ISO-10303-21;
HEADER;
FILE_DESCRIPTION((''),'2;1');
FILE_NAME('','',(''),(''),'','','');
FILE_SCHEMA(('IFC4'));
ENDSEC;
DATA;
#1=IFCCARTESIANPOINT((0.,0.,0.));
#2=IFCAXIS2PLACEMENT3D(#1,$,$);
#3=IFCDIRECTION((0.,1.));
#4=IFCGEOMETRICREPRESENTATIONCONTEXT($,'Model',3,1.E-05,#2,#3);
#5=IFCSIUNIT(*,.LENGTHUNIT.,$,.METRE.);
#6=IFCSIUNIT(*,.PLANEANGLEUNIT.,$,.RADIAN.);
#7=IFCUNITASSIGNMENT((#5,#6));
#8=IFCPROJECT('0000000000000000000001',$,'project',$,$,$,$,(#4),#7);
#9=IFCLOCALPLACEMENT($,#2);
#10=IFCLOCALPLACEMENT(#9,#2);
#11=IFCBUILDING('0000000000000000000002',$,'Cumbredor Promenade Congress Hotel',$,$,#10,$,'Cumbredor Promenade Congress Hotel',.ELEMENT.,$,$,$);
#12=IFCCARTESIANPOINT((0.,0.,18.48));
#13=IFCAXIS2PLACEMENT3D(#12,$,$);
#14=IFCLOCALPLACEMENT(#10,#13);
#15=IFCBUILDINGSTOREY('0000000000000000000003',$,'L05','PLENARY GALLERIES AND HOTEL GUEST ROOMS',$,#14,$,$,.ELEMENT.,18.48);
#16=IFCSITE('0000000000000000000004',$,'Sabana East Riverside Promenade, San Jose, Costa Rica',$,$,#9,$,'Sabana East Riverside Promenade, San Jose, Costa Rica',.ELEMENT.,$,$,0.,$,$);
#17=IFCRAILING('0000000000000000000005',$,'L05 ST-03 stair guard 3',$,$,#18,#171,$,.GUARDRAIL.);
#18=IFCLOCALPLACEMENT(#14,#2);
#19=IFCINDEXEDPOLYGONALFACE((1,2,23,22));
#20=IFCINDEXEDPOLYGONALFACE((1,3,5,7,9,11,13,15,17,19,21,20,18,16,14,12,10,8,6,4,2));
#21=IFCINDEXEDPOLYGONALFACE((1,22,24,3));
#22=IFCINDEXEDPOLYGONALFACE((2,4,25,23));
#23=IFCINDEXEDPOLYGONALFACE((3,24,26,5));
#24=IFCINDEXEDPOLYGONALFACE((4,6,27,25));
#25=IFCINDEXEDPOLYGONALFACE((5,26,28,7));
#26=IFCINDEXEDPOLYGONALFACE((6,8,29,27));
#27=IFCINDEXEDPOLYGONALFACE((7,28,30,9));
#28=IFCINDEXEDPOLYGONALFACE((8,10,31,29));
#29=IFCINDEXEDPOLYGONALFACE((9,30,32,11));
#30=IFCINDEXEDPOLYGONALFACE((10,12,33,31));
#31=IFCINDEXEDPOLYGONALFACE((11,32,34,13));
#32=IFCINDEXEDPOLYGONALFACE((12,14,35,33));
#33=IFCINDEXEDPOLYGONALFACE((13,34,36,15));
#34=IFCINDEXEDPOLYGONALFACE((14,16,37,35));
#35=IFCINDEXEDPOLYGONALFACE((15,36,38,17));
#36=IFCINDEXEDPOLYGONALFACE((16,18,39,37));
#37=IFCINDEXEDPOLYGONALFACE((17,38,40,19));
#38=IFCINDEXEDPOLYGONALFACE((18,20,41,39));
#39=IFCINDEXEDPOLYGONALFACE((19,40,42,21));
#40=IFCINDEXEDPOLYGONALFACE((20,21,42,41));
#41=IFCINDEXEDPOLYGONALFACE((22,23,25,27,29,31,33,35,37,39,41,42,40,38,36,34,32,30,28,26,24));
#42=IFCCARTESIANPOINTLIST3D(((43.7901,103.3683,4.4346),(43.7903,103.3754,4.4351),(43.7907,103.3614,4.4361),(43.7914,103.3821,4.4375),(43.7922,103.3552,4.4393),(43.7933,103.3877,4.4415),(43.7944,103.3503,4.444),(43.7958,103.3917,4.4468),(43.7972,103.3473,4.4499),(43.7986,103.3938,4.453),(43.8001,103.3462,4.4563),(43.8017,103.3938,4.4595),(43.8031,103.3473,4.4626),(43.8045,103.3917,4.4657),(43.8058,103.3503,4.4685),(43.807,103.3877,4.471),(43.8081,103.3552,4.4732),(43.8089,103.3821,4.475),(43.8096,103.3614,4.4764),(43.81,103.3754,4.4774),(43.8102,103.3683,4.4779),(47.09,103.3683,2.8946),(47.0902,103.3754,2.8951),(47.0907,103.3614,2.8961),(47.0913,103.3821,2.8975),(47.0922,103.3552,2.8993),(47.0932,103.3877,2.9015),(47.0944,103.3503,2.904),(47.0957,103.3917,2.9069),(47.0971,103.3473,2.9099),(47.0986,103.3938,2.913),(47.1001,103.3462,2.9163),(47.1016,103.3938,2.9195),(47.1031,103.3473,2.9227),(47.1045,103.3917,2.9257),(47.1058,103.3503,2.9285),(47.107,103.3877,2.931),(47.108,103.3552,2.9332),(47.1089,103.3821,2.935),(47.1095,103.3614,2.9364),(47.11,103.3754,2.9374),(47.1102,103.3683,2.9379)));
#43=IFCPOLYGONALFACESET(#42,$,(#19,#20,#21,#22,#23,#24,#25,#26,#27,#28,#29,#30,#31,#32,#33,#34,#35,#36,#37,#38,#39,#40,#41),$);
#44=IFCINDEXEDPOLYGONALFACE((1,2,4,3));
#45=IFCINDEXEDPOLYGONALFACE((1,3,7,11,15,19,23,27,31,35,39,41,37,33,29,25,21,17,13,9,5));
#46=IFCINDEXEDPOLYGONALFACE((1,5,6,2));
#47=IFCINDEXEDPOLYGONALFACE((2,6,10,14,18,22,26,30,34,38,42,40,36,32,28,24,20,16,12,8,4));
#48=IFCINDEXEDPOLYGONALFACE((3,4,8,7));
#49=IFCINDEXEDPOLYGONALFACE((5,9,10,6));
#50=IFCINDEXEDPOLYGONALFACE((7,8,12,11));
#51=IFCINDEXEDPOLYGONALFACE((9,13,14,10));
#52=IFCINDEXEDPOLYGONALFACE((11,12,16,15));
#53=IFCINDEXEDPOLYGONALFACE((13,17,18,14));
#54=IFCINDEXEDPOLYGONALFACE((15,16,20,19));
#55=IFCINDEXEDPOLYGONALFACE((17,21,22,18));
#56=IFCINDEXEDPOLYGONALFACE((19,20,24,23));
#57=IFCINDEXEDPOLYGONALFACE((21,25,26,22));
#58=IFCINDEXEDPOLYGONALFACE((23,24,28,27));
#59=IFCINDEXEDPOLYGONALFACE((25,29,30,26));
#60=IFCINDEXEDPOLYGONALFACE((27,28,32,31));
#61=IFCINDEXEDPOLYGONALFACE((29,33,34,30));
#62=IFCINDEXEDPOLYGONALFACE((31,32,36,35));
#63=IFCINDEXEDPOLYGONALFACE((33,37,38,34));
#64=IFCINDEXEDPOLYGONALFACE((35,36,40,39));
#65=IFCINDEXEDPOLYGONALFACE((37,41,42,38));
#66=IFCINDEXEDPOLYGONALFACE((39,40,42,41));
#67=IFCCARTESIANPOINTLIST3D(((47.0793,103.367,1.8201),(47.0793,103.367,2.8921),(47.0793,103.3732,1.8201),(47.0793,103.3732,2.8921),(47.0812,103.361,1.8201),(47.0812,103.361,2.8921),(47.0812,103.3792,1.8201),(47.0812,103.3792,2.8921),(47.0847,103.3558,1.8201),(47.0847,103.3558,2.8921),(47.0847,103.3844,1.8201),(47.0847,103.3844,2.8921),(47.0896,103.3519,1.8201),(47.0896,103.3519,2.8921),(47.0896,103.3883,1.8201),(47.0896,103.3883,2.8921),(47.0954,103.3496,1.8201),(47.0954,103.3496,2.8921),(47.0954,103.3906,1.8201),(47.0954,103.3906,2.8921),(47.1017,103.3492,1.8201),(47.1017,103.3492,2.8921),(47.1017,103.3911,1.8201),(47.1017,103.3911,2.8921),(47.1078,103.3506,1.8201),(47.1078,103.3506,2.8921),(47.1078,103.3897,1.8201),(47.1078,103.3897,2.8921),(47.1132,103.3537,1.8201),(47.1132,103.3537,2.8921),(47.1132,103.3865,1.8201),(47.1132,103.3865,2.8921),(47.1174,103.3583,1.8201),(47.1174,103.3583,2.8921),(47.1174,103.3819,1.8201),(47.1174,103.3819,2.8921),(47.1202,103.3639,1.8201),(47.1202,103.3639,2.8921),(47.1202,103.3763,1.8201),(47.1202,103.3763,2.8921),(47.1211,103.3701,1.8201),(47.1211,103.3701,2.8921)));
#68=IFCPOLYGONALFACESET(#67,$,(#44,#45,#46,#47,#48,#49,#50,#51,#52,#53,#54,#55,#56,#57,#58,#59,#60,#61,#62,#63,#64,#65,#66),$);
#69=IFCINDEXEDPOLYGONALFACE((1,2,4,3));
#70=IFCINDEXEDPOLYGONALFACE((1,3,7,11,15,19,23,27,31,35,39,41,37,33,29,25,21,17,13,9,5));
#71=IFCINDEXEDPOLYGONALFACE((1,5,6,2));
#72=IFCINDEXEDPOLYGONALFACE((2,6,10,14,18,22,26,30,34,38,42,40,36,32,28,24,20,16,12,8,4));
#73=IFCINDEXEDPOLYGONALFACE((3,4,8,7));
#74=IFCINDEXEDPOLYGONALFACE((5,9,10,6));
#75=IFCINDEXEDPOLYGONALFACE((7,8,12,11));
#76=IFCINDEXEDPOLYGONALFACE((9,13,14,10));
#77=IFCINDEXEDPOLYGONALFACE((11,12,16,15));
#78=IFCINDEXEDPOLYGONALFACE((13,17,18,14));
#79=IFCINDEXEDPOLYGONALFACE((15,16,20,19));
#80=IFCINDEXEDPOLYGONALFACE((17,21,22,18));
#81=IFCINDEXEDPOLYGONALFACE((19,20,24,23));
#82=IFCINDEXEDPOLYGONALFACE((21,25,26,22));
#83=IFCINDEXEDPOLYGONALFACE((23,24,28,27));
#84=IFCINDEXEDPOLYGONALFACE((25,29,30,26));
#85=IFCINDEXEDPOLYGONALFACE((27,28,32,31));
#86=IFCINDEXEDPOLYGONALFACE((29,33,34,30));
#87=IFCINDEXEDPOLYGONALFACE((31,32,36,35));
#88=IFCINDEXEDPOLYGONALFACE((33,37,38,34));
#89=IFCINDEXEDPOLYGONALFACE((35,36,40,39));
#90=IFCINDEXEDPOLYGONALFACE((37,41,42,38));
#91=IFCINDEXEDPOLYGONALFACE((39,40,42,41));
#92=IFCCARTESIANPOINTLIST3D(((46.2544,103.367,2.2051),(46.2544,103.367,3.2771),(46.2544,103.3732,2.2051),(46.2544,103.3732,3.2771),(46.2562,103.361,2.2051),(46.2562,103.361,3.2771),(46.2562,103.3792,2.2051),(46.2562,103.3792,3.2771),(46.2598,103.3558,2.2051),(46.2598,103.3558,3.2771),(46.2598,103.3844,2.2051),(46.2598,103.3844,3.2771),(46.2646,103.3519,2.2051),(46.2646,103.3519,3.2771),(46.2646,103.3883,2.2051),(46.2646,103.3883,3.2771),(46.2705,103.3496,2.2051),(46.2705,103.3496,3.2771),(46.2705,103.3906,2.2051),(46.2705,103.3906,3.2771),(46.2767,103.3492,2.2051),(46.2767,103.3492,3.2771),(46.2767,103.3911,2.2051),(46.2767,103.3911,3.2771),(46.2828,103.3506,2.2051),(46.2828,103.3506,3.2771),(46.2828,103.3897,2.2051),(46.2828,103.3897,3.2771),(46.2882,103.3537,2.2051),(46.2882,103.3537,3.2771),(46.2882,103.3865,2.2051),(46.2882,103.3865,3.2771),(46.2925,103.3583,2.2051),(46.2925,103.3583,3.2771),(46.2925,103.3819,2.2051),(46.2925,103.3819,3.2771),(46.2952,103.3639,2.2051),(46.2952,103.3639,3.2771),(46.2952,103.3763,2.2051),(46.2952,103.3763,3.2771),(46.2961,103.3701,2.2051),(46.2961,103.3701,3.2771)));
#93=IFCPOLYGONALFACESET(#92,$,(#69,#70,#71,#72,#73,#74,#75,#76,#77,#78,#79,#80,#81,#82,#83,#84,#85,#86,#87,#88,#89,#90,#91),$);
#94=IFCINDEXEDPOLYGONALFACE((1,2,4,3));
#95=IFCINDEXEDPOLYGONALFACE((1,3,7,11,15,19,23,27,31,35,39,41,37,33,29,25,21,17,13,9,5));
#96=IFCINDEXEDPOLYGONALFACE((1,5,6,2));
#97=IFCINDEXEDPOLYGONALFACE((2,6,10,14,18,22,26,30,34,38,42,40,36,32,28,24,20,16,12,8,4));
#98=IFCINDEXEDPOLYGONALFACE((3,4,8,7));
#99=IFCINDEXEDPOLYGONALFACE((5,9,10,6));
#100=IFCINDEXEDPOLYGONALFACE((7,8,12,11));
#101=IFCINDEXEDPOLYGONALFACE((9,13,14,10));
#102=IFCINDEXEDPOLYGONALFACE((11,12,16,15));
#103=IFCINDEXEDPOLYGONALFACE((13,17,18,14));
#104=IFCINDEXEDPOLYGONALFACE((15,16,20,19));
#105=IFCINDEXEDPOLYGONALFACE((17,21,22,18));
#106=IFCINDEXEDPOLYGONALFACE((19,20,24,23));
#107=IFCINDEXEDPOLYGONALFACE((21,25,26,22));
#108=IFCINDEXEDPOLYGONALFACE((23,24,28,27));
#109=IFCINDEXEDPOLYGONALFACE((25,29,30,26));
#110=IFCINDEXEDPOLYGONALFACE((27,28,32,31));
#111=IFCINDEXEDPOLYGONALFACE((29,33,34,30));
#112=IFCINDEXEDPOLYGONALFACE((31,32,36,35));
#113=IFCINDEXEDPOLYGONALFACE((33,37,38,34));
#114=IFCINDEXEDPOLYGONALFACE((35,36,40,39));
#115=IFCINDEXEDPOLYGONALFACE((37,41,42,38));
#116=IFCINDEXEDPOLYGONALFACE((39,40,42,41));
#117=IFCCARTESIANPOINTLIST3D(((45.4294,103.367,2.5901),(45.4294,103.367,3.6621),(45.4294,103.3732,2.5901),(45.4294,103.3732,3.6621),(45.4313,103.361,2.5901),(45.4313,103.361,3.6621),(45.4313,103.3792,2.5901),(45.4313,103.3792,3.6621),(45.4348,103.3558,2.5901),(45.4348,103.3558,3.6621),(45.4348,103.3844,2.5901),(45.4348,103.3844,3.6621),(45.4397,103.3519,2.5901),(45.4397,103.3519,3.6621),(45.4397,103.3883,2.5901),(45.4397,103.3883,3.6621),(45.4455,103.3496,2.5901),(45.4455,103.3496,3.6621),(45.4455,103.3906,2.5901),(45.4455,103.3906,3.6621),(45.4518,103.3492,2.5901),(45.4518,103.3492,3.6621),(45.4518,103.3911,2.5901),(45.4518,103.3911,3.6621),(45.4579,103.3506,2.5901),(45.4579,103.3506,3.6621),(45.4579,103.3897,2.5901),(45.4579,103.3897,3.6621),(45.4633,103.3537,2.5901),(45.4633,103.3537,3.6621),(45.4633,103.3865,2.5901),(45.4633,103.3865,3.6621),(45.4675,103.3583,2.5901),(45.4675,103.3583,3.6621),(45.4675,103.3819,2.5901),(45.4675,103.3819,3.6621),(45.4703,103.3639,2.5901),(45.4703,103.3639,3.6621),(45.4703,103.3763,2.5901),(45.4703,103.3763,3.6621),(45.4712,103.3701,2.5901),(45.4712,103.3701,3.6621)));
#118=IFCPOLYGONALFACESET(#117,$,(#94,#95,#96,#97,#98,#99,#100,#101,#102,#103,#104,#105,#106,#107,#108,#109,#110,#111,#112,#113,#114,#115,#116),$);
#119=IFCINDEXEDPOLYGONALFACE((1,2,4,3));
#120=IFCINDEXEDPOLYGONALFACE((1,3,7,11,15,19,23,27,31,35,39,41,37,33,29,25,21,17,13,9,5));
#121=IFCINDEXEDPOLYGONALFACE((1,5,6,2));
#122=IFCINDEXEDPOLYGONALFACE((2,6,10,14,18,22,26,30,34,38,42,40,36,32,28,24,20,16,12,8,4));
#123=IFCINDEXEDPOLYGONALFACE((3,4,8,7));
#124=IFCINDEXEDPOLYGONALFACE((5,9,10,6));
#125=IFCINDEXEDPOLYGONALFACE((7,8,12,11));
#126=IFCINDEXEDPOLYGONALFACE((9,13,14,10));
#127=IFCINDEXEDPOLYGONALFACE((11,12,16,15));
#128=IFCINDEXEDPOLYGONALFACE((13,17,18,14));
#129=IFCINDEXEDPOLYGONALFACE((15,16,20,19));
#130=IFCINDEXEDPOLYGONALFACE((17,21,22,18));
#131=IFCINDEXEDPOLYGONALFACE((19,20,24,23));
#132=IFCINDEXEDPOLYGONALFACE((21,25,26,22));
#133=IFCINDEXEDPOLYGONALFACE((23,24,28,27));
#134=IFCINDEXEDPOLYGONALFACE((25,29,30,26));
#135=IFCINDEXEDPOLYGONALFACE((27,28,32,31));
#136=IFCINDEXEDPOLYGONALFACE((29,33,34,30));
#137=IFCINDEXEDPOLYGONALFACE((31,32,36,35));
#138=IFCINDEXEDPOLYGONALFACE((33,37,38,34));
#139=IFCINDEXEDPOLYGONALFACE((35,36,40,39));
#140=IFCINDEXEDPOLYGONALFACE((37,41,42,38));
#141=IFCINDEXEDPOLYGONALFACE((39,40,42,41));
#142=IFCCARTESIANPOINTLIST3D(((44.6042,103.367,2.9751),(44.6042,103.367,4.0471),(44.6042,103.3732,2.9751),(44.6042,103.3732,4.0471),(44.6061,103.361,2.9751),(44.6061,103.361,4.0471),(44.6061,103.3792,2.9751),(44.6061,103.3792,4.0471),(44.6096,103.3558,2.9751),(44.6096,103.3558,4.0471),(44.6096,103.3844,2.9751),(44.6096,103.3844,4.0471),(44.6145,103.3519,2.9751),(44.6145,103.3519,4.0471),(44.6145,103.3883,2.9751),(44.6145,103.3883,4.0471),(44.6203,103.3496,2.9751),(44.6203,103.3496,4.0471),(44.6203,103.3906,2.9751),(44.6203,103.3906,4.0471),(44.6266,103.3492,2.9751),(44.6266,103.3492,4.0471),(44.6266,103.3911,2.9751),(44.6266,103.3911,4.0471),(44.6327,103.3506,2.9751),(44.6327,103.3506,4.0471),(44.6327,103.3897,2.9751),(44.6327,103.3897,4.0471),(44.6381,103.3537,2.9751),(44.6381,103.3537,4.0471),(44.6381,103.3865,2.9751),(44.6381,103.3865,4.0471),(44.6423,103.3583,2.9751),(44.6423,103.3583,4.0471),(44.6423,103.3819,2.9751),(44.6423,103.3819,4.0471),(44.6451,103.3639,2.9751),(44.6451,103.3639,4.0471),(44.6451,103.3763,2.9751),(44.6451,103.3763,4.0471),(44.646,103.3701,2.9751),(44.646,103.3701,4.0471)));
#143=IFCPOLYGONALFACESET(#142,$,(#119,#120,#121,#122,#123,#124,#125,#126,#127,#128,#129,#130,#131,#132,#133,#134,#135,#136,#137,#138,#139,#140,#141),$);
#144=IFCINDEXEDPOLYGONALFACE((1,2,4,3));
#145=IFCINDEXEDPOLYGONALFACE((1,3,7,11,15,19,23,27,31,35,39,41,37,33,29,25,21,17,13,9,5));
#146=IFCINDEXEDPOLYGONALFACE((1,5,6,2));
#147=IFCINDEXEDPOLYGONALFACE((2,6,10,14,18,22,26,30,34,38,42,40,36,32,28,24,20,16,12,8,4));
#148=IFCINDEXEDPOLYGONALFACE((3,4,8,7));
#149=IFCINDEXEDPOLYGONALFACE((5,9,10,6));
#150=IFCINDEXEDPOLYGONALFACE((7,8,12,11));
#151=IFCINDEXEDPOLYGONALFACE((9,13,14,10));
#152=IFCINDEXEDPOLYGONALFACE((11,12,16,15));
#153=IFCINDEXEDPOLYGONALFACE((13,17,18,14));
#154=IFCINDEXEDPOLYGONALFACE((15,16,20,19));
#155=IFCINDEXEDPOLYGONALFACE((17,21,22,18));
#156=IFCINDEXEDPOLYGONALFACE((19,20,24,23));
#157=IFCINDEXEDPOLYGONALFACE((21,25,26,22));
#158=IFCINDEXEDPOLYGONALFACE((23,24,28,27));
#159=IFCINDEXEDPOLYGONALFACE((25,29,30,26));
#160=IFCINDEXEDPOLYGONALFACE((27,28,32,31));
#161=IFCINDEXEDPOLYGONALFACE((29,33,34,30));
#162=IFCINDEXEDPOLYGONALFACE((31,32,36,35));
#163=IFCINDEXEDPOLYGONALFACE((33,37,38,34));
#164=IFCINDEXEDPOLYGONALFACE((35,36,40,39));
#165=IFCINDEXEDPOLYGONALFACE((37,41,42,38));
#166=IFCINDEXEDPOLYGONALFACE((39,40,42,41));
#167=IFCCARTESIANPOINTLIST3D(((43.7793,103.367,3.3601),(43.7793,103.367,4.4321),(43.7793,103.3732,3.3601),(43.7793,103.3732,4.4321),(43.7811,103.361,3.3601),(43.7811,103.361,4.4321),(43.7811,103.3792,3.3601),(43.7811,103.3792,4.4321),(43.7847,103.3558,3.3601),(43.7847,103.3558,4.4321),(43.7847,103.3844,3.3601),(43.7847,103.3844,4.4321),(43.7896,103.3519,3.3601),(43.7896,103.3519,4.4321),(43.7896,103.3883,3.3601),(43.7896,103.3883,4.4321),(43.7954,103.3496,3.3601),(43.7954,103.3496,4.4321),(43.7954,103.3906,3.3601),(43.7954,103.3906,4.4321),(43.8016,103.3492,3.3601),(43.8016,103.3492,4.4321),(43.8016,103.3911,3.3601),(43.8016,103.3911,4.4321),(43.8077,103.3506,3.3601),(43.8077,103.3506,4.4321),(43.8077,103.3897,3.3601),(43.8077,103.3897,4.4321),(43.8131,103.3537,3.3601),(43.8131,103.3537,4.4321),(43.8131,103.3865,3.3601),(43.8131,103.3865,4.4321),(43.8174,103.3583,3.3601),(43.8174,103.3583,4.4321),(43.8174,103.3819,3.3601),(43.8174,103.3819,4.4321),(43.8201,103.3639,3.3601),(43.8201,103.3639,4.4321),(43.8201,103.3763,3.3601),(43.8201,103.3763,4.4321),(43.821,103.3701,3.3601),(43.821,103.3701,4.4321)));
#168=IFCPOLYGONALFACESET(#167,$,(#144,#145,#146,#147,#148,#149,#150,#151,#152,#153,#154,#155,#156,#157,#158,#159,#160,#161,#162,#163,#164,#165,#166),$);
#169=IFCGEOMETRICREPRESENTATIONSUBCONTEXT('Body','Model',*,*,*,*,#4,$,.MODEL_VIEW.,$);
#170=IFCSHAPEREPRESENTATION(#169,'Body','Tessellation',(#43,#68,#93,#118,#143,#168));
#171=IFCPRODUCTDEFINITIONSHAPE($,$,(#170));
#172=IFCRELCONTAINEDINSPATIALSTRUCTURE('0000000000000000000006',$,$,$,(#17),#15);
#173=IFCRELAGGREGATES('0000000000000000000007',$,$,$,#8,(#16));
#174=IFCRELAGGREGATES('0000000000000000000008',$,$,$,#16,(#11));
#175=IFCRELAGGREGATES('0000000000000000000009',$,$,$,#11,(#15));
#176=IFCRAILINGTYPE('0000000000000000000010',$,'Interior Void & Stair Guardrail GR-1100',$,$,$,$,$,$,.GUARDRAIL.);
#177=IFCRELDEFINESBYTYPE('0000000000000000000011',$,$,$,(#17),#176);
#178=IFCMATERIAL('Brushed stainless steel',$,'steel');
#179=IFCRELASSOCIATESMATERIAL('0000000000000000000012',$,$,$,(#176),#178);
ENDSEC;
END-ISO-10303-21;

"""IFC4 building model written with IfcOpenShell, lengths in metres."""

from ifc_helpers import new_model, si_unit, direction, frame, origin, origin_2d, place, context, subcontext, project, spatial, circle, extrude, material, type_object, element, save


model = new_model("IFC4")

# Units and contexts
model_context = context("Model", 3, precision=1e-05, world=origin(), true_north=direction((0.0, 1.0)))
body_context = subcontext(model_context, "Body", "Model", "MODEL_VIEW")
ifc_project = project(units=[si_unit("LENGTHUNIT", "METRE"), si_unit("PLANEANGLEUNIT", "RADIAN")], contexts=[model_context])

# Site, building, storey
site_placement = place(None, origin())
site = spatial("IfcSite", under=ifc_project, at=site_placement, Name="Sabana East Riverside Promenade, San Jose, Costa Rica", LongName="Sabana East Riverside Promenade, San Jose, Costa Rica", CompositionType="ELEMENT", RefElevation=0.0)
building_placement = place(site_placement, origin())
building = spatial("IfcBuilding", under=site, at=building_placement, Name="Cumbredor Promenade Congress Hotel", LongName="Cumbredor Promenade Congress Hotel", CompositionType="ELEMENT")
storey_placement = place(building_placement, frame((0.0, 0.0, 18.48)))
storey = spatial("IfcBuildingStorey", under=building, at=storey_placement, Name="L05", Description="PLENARY GALLERIES AND HOTEL GUEST ROOMS", CompositionType="ELEMENT", Elevation=18.48)

# Railing
ifc_material_1 = material(Name="Brushed stainless steel", Category="steel")
railing_type_1 = type_object("IfcRailingType", Name="Interior Void & Stair Guardrail GR-1100", PredefinedType="GUARDRAIL", material=ifc_material_1)
railing_1_placement = place(storey_placement, frame((47.1001, 103.3701, 1.8201)))
element("IfcRailing", 1, at=railing_1_placement, inside=storey, type_object=railing_type_1, Name="L05 ST-03 stair guard 3", PredefinedType="GUARDRAIL", context=body_context, shape_type="SweptSolid", body=[
    extrude(circle(Radius=0.0239, at=origin_2d()), frame((0.0, 0.0, 1.0962), z_axis=(-0.906181, 0.0, 0.422889), x_axis=(0.0, -1.0, 0.0)), (0.0, 0.0, 1.0), 3.6416),
    extrude(circle(Radius=0.021, at=origin_2d()), origin(), (0.0, 0.0, 1.0), 1.072),
    extrude(circle(Radius=0.021, at=origin_2d()), frame((-0.825, 0.0, 0.385)), (0.0, 0.0, 1.0), 1.072),
    extrude(circle(Radius=0.021, at=origin_2d()), frame((-1.6499, 0.0, 0.77)), (0.0, 0.0, 1.0), 1.072),
    extrude(circle(Radius=0.021, at=origin_2d()), frame((-2.4751, 0.0, 1.155)), (0.0, 0.0, 1.0), 1.072),
    extrude(circle(Radius=0.021, at=origin_2d()), frame((-3.3, 0.0, 1.54)), (0.0, 0.0, 1.0), 1.072),
])

save(model, "model.ifc")
